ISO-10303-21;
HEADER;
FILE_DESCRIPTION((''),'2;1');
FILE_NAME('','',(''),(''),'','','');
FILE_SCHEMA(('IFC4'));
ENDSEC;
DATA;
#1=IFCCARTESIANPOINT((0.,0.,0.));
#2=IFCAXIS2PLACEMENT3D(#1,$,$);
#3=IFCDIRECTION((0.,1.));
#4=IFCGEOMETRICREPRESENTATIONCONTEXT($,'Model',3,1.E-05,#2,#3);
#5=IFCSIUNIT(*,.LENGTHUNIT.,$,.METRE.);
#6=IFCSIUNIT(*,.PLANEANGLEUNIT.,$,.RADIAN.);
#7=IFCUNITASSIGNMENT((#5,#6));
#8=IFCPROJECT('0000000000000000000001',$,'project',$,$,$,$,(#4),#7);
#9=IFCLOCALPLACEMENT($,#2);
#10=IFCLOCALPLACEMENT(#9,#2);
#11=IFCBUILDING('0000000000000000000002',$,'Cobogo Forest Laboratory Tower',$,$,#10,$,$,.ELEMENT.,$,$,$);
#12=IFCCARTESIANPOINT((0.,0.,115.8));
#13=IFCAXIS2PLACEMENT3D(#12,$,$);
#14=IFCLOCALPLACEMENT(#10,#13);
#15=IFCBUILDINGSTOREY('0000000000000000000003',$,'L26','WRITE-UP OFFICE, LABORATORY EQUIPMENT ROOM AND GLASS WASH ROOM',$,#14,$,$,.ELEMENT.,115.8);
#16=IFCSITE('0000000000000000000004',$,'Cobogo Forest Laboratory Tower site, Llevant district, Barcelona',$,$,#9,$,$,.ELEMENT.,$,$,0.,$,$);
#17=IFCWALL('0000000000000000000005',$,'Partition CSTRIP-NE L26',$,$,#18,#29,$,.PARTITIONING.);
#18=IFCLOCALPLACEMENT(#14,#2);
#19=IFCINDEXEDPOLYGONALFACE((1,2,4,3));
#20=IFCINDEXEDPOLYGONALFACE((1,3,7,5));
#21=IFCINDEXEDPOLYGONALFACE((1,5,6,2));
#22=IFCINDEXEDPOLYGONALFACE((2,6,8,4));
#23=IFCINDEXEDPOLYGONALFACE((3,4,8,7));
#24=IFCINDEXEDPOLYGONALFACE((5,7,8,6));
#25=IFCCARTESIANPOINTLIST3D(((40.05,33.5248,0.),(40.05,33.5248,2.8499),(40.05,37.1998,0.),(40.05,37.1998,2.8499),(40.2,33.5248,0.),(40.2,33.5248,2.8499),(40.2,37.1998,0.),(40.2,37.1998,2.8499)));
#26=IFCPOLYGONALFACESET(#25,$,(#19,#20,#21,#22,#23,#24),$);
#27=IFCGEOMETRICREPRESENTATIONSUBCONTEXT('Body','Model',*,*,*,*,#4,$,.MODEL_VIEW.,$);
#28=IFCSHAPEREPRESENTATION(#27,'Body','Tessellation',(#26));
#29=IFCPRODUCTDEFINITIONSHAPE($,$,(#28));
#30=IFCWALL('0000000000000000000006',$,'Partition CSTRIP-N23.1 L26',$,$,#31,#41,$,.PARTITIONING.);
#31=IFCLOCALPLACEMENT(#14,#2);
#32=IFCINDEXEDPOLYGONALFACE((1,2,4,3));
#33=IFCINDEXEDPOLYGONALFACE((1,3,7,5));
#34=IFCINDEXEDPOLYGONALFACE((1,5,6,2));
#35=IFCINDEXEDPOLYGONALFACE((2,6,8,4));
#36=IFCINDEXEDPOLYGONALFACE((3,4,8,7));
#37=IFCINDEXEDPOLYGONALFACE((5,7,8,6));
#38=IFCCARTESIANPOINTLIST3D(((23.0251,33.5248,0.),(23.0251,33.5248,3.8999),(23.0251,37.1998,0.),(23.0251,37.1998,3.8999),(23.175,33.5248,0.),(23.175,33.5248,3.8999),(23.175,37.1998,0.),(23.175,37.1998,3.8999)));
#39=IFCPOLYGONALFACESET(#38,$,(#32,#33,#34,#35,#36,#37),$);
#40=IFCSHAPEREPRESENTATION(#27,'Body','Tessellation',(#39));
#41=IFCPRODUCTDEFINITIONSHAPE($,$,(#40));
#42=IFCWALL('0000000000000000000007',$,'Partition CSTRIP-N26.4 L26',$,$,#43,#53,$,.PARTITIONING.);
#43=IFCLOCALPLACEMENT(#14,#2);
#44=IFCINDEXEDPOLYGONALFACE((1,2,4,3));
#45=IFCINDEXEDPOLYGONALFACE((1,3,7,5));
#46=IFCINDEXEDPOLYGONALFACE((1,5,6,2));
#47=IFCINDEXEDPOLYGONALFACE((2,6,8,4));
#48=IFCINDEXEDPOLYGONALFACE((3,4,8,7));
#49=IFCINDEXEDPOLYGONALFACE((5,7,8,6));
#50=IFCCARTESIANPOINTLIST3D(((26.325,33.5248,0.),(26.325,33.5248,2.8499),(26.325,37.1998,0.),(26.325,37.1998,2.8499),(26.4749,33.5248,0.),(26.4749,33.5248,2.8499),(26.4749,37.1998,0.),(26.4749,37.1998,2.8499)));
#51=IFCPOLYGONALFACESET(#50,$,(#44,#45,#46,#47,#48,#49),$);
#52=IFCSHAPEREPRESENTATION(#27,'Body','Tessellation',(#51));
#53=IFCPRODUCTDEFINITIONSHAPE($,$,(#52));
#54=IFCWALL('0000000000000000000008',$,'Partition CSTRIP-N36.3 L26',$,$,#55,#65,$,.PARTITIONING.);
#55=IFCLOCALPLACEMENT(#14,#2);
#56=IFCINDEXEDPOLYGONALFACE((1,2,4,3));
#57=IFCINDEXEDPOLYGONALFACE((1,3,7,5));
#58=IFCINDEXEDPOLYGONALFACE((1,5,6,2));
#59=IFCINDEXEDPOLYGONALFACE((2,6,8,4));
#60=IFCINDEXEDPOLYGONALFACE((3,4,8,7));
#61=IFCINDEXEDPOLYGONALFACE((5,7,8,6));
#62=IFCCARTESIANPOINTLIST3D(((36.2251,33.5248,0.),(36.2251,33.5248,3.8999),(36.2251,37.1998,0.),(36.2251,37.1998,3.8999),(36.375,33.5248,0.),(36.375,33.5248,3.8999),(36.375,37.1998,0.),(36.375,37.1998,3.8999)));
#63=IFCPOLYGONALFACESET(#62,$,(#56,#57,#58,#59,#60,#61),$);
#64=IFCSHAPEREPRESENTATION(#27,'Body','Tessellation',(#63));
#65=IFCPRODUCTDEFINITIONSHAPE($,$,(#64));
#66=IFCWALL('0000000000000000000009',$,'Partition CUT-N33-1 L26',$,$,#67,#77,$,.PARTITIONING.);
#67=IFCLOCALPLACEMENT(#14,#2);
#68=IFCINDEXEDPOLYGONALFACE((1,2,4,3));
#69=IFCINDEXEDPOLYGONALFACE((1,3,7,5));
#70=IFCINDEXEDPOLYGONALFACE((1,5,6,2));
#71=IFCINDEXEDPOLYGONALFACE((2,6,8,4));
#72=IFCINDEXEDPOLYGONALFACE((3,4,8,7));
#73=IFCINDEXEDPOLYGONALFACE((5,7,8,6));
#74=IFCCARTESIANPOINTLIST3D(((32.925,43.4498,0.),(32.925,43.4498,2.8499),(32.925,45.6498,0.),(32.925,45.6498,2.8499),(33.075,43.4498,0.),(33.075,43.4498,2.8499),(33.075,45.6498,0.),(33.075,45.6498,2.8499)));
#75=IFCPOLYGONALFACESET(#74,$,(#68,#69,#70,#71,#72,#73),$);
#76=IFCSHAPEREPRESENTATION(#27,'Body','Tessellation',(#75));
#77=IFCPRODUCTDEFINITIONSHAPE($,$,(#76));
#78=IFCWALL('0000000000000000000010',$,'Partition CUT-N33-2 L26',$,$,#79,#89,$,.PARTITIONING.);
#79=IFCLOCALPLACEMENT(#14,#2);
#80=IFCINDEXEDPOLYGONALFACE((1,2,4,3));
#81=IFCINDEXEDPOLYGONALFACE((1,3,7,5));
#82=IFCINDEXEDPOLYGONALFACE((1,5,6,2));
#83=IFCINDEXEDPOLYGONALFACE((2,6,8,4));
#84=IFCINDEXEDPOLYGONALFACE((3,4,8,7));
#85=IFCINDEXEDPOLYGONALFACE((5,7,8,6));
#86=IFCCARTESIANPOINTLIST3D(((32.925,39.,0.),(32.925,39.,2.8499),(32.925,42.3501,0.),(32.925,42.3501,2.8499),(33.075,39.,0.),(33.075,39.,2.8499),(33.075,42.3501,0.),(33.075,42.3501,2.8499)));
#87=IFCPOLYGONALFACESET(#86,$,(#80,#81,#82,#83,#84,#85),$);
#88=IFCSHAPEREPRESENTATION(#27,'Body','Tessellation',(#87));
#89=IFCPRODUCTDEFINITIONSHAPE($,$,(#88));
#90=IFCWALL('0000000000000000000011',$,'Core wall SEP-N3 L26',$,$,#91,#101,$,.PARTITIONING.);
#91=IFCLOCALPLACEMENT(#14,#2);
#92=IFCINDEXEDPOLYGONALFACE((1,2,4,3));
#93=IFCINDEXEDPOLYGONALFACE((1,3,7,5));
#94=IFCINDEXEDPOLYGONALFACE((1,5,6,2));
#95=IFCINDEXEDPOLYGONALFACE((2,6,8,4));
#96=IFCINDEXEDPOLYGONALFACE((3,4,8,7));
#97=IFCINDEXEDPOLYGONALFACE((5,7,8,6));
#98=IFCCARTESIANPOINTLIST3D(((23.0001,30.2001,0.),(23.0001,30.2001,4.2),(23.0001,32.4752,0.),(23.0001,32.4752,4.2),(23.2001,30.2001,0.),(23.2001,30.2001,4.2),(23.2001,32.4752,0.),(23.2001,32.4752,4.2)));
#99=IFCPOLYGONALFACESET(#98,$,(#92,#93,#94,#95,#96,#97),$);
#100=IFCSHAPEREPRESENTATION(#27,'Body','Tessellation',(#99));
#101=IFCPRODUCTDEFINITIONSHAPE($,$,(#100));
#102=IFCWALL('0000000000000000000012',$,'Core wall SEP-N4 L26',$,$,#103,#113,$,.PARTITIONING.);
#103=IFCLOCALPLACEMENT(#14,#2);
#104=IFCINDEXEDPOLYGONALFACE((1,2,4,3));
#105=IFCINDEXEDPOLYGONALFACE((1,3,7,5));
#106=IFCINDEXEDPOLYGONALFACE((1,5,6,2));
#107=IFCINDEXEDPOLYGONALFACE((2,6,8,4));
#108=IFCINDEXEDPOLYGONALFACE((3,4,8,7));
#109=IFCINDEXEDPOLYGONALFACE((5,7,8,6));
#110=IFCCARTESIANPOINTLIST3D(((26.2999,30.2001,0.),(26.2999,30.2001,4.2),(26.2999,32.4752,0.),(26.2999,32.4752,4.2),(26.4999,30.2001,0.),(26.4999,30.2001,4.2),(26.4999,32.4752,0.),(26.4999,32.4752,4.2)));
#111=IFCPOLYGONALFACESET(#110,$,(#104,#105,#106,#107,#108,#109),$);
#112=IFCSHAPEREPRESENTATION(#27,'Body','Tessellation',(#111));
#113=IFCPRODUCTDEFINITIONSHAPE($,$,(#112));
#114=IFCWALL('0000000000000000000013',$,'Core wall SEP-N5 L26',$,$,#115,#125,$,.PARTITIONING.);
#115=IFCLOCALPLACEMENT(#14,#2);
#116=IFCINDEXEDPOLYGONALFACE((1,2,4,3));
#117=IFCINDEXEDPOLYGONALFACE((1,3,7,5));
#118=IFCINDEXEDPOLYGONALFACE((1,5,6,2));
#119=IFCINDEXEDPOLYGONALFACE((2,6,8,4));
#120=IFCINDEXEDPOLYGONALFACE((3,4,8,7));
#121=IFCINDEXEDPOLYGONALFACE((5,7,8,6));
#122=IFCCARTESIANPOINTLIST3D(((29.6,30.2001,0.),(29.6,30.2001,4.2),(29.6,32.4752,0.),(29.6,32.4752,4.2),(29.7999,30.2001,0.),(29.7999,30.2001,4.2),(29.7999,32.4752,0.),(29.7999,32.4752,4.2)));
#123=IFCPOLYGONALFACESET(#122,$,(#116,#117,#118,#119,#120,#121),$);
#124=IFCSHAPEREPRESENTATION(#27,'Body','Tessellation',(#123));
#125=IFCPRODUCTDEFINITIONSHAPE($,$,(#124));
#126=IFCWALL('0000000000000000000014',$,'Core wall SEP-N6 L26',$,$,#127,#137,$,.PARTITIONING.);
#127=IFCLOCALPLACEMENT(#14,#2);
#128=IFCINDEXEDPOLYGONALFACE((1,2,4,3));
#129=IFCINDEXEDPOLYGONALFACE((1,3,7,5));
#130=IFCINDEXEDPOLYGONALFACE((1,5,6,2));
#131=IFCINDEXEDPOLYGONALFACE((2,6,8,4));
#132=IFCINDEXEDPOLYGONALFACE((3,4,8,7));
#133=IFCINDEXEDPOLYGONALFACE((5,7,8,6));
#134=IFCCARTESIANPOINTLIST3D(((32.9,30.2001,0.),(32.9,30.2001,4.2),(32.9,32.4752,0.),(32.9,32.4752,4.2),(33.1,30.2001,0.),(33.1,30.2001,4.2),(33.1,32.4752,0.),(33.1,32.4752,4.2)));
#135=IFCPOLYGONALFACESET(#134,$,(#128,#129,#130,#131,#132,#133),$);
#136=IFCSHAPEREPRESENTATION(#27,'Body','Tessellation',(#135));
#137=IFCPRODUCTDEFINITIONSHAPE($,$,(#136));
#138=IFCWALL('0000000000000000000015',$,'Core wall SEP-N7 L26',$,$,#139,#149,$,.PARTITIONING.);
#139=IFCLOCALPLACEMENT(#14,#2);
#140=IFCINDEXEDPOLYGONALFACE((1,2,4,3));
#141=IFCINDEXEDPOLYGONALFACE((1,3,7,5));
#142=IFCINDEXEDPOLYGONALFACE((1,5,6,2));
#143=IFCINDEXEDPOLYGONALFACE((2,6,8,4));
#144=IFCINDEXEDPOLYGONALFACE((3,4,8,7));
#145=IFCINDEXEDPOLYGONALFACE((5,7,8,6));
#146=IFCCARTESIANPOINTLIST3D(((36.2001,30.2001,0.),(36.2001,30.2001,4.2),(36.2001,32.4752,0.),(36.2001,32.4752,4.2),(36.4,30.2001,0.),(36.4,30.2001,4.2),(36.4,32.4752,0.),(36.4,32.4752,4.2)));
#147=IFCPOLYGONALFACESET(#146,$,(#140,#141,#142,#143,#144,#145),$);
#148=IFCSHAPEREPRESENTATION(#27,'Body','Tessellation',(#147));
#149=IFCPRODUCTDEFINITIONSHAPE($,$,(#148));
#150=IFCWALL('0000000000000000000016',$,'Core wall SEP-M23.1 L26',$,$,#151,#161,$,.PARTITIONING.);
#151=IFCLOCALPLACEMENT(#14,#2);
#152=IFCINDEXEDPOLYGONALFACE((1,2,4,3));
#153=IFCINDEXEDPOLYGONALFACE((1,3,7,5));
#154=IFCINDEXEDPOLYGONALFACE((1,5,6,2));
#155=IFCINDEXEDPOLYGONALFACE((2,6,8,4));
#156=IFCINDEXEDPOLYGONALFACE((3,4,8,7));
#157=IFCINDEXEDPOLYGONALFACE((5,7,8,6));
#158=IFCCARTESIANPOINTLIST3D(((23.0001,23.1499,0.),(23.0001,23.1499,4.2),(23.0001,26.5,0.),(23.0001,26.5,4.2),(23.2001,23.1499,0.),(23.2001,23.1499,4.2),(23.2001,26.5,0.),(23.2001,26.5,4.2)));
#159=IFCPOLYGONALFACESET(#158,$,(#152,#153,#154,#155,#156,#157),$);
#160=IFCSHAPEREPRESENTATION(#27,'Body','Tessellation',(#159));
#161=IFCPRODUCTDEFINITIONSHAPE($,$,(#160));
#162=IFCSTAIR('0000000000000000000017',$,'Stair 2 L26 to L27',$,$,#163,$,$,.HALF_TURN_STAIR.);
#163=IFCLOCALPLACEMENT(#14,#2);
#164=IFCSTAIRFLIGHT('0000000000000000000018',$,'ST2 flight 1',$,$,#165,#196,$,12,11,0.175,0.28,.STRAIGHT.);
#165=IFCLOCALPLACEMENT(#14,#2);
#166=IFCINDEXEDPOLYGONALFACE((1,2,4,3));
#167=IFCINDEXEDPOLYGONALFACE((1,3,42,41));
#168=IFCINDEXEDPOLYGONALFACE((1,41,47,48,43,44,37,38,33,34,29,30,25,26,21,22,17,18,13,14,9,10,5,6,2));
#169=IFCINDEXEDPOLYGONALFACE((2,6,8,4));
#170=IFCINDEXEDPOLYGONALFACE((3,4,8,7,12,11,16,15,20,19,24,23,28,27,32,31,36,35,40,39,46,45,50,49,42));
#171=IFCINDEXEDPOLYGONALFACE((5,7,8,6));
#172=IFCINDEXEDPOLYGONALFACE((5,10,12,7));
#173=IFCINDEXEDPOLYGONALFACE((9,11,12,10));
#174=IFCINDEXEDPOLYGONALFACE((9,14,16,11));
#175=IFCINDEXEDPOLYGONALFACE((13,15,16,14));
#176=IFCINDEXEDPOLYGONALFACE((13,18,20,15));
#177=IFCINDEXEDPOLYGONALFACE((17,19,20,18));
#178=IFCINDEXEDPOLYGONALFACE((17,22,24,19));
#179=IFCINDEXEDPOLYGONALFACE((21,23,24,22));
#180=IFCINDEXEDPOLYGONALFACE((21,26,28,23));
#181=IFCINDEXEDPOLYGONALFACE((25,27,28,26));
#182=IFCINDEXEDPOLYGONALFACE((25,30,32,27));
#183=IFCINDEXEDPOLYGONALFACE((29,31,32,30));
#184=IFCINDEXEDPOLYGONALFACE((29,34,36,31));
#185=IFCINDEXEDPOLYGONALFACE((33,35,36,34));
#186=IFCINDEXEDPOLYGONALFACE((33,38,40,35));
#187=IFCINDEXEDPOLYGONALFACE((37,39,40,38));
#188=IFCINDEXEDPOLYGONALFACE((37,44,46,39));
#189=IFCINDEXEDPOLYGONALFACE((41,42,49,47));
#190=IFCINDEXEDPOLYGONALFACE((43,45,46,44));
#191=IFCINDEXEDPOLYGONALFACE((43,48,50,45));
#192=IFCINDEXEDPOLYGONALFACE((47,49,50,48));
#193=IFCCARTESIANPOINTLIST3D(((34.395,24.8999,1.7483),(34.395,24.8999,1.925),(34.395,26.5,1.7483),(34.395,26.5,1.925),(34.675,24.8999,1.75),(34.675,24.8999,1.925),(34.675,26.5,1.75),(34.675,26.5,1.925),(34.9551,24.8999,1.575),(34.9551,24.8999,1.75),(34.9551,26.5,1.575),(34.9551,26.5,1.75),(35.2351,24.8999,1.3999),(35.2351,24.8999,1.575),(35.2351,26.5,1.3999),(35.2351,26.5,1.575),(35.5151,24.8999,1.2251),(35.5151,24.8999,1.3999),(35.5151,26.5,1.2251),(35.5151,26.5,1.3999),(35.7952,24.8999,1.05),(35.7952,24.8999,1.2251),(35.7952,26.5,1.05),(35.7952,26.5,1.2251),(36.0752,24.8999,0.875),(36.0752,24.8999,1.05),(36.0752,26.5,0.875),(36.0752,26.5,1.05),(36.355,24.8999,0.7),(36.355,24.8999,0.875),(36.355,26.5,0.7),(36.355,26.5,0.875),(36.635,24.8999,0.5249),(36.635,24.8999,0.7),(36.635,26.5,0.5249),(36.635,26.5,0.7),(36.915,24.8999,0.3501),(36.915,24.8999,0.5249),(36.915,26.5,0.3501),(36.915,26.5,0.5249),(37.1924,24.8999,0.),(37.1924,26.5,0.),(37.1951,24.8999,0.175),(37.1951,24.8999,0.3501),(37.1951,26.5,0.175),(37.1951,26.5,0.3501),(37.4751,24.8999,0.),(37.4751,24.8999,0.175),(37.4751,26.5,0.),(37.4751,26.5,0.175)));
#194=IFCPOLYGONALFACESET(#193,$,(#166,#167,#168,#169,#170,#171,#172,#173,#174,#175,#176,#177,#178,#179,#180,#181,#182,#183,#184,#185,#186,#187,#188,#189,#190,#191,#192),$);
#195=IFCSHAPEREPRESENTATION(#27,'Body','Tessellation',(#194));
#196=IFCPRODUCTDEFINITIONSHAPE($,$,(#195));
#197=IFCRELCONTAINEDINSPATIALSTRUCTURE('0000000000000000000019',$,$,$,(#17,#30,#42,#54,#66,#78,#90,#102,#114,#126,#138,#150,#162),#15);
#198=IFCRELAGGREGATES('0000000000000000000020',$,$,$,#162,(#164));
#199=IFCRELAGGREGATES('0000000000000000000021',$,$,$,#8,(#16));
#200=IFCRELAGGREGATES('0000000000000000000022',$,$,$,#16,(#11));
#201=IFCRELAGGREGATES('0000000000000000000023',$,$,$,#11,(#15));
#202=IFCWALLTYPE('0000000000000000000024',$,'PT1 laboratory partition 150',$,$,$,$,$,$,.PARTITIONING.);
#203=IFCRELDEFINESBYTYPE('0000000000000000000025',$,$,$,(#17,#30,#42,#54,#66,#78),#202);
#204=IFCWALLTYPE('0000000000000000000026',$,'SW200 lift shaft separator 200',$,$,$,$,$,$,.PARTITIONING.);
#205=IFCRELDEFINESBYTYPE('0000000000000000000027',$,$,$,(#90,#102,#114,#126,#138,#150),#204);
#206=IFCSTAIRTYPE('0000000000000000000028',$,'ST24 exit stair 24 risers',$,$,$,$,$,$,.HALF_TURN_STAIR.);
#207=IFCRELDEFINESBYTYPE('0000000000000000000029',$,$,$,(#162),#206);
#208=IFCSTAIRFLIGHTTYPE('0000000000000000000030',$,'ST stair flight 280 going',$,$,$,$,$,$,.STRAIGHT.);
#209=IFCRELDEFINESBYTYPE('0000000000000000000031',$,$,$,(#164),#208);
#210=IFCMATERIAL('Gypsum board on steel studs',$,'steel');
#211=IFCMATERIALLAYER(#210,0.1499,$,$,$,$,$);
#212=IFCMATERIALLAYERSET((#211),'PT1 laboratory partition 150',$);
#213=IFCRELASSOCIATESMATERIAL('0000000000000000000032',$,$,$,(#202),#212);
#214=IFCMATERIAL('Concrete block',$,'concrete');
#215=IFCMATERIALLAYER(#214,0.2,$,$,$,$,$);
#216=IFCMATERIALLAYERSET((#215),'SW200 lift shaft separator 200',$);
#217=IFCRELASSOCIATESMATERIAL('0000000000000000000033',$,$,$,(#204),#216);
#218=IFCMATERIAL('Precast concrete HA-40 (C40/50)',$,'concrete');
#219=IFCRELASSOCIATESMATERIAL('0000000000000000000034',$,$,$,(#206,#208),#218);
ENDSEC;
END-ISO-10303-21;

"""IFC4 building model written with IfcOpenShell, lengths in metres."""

from ifc_helpers import new_model, si_unit, direction, frame, frame_2d, origin, place, context, subcontext, project, spatial, polyline, rectangle, outline, extrude, material, layer, layer_set, type_object, element, aggregate, save


model = new_model("IFC4")

# Units and contexts
model_context = context("Model", 3, precision=1e-05, world=origin(), true_north=direction((0.0, 1.0)))
body_context = subcontext(model_context, "Body", "Model", "MODEL_VIEW")
ifc_project = project(units=[si_unit("LENGTHUNIT", "METRE"), si_unit("PLANEANGLEUNIT", "RADIAN")], contexts=[model_context])

# Site, building, storey
site_placement = place(None, origin())
site = spatial("IfcSite", under=ifc_project, at=site_placement, Name="Cobogo Forest Laboratory Tower site, Llevant district, Barcelona", CompositionType="ELEMENT", RefElevation=0.0)
building_placement = place(site_placement, origin())
building = spatial("IfcBuilding", under=site, at=building_placement, Name="Cobogo Forest Laboratory Tower", CompositionType="ELEMENT")
storey_placement = place(building_placement, frame((0.0, 0.0, 115.8)))
storey = spatial("IfcBuildingStorey", under=building, at=storey_placement, Name="L26", Description="WRITE-UP OFFICE, LABORATORY EQUIPMENT ROOM AND GLASS WASH ROOM", CompositionType="ELEMENT", Elevation=115.8)

# Walls
ifc_material_1 = material(Name="Gypsum board on steel studs", Category="steel")
ifc_layer_1 = layer(ifc_material_1, 0.1499)
ifc_layer_set_1 = layer_set([ifc_layer_1], Name="PT1 laboratory partition 150")
wall_type_1 = type_object("IfcWallType", Name="PT1 laboratory partition 150", PredefinedType="PARTITIONING", material=ifc_layer_set_1)
wall_1_placement = place(storey_placement, frame((40.125, 33.5249, 0.0), z_axis=(0.0, 0.0, 1.0), x_axis=(0.0, 1.0, 0.0)))
element("IfcWall", 1, at=wall_1_placement, inside=storey, type_object=wall_type_1, Name="Partition CSTRIP-NE L26", PredefinedType="PARTITIONING", context=body_context, shape_type="SweptSolid", body=[
    extrude(rectangle(XDim=3.675, YDim=0.1499, at=frame_2d((1.8374, 0.0))), origin(), (0.0, 0.0, 1.0), 2.8499),
])
wall_2_placement = place(storey_placement, frame((23.1001, 33.5249, 0.0), z_axis=(0.0, 0.0, 1.0), x_axis=(0.0, 1.0, 0.0)))
element("IfcWall", 2, at=wall_2_placement, inside=storey, type_object=wall_type_1, Name="Partition CSTRIP-N23.1 L26", PredefinedType="PARTITIONING", context=body_context, shape_type="SweptSolid", body=[
    extrude(rectangle(XDim=3.675, YDim=0.1499, at=frame_2d((1.8374, 0.0))), origin(), (0.0, 0.0, 1.0), 3.8999),
])
wall_3_placement = place(storey_placement, frame((26.3999, 33.5249, 0.0), z_axis=(0.0, 0.0, 1.0), x_axis=(0.0, 1.0, 0.0)))
element("IfcWall", 3, at=wall_3_placement, inside=storey, type_object=wall_type_1, Name="Partition CSTRIP-N26.4 L26", PredefinedType="PARTITIONING", context=body_context, shape_type="SweptSolid", body=[
    extrude(rectangle(XDim=3.675, YDim=0.1499, at=frame_2d((1.8374, 0.0))), origin(), (0.0, 0.0, 1.0), 2.8499),
])
wall_4_placement = place(storey_placement, frame((36.3, 33.5249, 0.0), z_axis=(0.0, 0.0, 1.0), x_axis=(0.0, 1.0, 0.0)))
element("IfcWall", 4, at=wall_4_placement, inside=storey, type_object=wall_type_1, Name="Partition CSTRIP-N36.3 L26", PredefinedType="PARTITIONING", context=body_context, shape_type="SweptSolid", body=[
    extrude(rectangle(XDim=3.675, YDim=0.1499, at=frame_2d((1.8374, 0.0))), origin(), (0.0, 0.0, 1.0), 3.8999),
])
wall_5_placement = place(storey_placement, frame((33.0, 45.6499, 0.0), z_axis=(0.0, 0.0, 1.0), x_axis=(0.0, -1.0, 0.0)))
element("IfcWall", 5, at=wall_5_placement, inside=storey, type_object=wall_type_1, Name="Partition CUT-N33-1 L26", PredefinedType="PARTITIONING", context=body_context, shape_type="SweptSolid", body=[
    extrude(rectangle(XDim=2.2, YDim=0.1499, at=frame_2d((1.1001, 0.0))), origin(), (0.0, 0.0, 1.0), 2.8499),
])
wall_6_placement = place(storey_placement, frame((33.0, 42.3501, 0.0), z_axis=(0.0, 0.0, 1.0), x_axis=(0.0, -1.0, 0.0)))
element("IfcWall", 6, at=wall_6_placement, inside=storey, type_object=wall_type_1, Name="Partition CUT-N33-2 L26", PredefinedType="PARTITIONING", context=body_context, shape_type="SweptSolid", body=[
    extrude(rectangle(XDim=3.3501, YDim=0.1499, at=frame_2d((1.675, 0.0))), origin(), (0.0, 0.0, 1.0), 2.8499),
])
ifc_material_2 = material(Name="Concrete block", Category="concrete")
ifc_layer_2 = layer(ifc_material_2, 0.2)
ifc_layer_set_2 = layer_set([ifc_layer_2], Name="SW200 lift shaft separator 200")
wall_type_2 = type_object("IfcWallType", Name="SW200 lift shaft separator 200", PredefinedType="PARTITIONING", material=ifc_layer_set_2)
for number, where, z_axis, x_axis, name in (
    (7, (23.1001, 30.2, 0.0), (0.0, 0.0, 1.0), (0.0, 1.0, 0.0), "Core wall SEP-N3 L26"),
    (8, (26.3999, 30.2, 0.0), (0.0, 0.0, 1.0), (0.0, 1.0, 0.0), "Core wall SEP-N4 L26"),
    (9, (29.7, 30.2, 0.0), (0.0, 0.0, 1.0), (0.0, 1.0, 0.0), "Core wall SEP-N5 L26"),
    (10, (33.0, 30.2, 0.0), (0.0, 0.0, 1.0), (0.0, 1.0, 0.0), "Core wall SEP-N6 L26"),
    (11, (36.3, 30.2, 0.0), (0.0, 0.0, 1.0), (0.0, 1.0, 0.0), "Core wall SEP-N7 L26"),
):
    element("IfcWall", number, at=place(storey_placement, frame(where, z_axis=z_axis, x_axis=x_axis)), inside=storey, type_object=wall_type_2, Name=name, PredefinedType="PARTITIONING", context=body_context, shape_type="SweptSolid", body=[
        extrude(rectangle(XDim=2.2751, YDim=0.2, at=frame_2d((1.1377, 0.0))), origin(), (0.0, 0.0, 1.0), 4.2),
    ])
wall_7_placement = place(storey_placement, frame((23.1001, 23.1499, 0.0), z_axis=(0.0, 0.0, 1.0), x_axis=(0.0, 1.0, 0.0)))
element("IfcWall", 12, at=wall_7_placement, inside=storey, type_object=wall_type_2, Name="Core wall SEP-M23.1 L26", PredefinedType="PARTITIONING", context=body_context, shape_type="SweptSolid", body=[
    extrude(rectangle(XDim=3.3501, YDim=0.2, at=frame_2d((1.675, 0.0))), origin(), (0.0, 0.0, 1.0), 4.2),
])

# Stair, stair flight
ifc_material_3 = material(Name="Precast concrete HA-40 (C40/50)", Category="concrete")
stair_type = type_object("IfcStairType", Name="ST24 exit stair 24 risers", PredefinedType="HALF_TURN_STAIR", material=ifc_material_3)
stair_placement = place(storey_placement, origin())
stair = element("IfcStair", 13, at=stair_placement, inside=storey, type_object=stair_type, Name="Stair 2 L26 to L27", PredefinedType="HALF_TURN_STAIR")
stair_flight_type = type_object("IfcStairFlightType", Name="ST stair flight 280 going", PredefinedType="STRAIGHT", material=ifc_material_3)
stair_flight_1_placement = place(storey_placement, frame((37.4751, 25.7, 0.0), z_axis=(0.0, 0.0, 1.0), x_axis=(-1.0, 0.0, 0.0)))
stair_flight_1 = element("IfcStairFlight", 14, at=stair_flight_1_placement, type_object=stair_flight_type, Name="ST2 flight 1", NumberOfRisers=12, NumberOfTreads=11, PredefinedType="STRAIGHT", RiserHeight=0.175, TreadLength=0.28, context=body_context, shape_type="SweptSolid", body=[
    extrude(outline(polyline([(0.0, 0.0), (0.0, 0.175), (0.28, 0.175), (0.28, 0.3501), (0.5601, 0.3501), (0.5601, 0.5249), (0.8401, 0.5249), (0.8401, 0.7), (1.1201, 0.7), (1.1201, 0.875), (1.3999, 0.875), (1.3999, 1.05), (1.6799, 1.05), (1.6799, 1.2251), (1.96, 1.2251), (1.96, 1.3999), (2.24, 1.3999), (2.24, 1.575), (2.52, 1.575), (2.52, 1.75), (2.8, 1.75), (2.8, 1.925), (3.0801, 1.925), (3.0801, 2.1001), (3.0801, 1.7483), (0.2827, 0.0), (0.0, 0.0)])), frame((0.0, 0.8, 0.0), z_axis=(0.0, -1.0, 0.0), x_axis=(1.0, 0.0, 0.0)), (0.0, 0.0, 1.0), 1.6001),
])
aggregate(stair, [stair_flight_1])

save(model, "model.ifc")
